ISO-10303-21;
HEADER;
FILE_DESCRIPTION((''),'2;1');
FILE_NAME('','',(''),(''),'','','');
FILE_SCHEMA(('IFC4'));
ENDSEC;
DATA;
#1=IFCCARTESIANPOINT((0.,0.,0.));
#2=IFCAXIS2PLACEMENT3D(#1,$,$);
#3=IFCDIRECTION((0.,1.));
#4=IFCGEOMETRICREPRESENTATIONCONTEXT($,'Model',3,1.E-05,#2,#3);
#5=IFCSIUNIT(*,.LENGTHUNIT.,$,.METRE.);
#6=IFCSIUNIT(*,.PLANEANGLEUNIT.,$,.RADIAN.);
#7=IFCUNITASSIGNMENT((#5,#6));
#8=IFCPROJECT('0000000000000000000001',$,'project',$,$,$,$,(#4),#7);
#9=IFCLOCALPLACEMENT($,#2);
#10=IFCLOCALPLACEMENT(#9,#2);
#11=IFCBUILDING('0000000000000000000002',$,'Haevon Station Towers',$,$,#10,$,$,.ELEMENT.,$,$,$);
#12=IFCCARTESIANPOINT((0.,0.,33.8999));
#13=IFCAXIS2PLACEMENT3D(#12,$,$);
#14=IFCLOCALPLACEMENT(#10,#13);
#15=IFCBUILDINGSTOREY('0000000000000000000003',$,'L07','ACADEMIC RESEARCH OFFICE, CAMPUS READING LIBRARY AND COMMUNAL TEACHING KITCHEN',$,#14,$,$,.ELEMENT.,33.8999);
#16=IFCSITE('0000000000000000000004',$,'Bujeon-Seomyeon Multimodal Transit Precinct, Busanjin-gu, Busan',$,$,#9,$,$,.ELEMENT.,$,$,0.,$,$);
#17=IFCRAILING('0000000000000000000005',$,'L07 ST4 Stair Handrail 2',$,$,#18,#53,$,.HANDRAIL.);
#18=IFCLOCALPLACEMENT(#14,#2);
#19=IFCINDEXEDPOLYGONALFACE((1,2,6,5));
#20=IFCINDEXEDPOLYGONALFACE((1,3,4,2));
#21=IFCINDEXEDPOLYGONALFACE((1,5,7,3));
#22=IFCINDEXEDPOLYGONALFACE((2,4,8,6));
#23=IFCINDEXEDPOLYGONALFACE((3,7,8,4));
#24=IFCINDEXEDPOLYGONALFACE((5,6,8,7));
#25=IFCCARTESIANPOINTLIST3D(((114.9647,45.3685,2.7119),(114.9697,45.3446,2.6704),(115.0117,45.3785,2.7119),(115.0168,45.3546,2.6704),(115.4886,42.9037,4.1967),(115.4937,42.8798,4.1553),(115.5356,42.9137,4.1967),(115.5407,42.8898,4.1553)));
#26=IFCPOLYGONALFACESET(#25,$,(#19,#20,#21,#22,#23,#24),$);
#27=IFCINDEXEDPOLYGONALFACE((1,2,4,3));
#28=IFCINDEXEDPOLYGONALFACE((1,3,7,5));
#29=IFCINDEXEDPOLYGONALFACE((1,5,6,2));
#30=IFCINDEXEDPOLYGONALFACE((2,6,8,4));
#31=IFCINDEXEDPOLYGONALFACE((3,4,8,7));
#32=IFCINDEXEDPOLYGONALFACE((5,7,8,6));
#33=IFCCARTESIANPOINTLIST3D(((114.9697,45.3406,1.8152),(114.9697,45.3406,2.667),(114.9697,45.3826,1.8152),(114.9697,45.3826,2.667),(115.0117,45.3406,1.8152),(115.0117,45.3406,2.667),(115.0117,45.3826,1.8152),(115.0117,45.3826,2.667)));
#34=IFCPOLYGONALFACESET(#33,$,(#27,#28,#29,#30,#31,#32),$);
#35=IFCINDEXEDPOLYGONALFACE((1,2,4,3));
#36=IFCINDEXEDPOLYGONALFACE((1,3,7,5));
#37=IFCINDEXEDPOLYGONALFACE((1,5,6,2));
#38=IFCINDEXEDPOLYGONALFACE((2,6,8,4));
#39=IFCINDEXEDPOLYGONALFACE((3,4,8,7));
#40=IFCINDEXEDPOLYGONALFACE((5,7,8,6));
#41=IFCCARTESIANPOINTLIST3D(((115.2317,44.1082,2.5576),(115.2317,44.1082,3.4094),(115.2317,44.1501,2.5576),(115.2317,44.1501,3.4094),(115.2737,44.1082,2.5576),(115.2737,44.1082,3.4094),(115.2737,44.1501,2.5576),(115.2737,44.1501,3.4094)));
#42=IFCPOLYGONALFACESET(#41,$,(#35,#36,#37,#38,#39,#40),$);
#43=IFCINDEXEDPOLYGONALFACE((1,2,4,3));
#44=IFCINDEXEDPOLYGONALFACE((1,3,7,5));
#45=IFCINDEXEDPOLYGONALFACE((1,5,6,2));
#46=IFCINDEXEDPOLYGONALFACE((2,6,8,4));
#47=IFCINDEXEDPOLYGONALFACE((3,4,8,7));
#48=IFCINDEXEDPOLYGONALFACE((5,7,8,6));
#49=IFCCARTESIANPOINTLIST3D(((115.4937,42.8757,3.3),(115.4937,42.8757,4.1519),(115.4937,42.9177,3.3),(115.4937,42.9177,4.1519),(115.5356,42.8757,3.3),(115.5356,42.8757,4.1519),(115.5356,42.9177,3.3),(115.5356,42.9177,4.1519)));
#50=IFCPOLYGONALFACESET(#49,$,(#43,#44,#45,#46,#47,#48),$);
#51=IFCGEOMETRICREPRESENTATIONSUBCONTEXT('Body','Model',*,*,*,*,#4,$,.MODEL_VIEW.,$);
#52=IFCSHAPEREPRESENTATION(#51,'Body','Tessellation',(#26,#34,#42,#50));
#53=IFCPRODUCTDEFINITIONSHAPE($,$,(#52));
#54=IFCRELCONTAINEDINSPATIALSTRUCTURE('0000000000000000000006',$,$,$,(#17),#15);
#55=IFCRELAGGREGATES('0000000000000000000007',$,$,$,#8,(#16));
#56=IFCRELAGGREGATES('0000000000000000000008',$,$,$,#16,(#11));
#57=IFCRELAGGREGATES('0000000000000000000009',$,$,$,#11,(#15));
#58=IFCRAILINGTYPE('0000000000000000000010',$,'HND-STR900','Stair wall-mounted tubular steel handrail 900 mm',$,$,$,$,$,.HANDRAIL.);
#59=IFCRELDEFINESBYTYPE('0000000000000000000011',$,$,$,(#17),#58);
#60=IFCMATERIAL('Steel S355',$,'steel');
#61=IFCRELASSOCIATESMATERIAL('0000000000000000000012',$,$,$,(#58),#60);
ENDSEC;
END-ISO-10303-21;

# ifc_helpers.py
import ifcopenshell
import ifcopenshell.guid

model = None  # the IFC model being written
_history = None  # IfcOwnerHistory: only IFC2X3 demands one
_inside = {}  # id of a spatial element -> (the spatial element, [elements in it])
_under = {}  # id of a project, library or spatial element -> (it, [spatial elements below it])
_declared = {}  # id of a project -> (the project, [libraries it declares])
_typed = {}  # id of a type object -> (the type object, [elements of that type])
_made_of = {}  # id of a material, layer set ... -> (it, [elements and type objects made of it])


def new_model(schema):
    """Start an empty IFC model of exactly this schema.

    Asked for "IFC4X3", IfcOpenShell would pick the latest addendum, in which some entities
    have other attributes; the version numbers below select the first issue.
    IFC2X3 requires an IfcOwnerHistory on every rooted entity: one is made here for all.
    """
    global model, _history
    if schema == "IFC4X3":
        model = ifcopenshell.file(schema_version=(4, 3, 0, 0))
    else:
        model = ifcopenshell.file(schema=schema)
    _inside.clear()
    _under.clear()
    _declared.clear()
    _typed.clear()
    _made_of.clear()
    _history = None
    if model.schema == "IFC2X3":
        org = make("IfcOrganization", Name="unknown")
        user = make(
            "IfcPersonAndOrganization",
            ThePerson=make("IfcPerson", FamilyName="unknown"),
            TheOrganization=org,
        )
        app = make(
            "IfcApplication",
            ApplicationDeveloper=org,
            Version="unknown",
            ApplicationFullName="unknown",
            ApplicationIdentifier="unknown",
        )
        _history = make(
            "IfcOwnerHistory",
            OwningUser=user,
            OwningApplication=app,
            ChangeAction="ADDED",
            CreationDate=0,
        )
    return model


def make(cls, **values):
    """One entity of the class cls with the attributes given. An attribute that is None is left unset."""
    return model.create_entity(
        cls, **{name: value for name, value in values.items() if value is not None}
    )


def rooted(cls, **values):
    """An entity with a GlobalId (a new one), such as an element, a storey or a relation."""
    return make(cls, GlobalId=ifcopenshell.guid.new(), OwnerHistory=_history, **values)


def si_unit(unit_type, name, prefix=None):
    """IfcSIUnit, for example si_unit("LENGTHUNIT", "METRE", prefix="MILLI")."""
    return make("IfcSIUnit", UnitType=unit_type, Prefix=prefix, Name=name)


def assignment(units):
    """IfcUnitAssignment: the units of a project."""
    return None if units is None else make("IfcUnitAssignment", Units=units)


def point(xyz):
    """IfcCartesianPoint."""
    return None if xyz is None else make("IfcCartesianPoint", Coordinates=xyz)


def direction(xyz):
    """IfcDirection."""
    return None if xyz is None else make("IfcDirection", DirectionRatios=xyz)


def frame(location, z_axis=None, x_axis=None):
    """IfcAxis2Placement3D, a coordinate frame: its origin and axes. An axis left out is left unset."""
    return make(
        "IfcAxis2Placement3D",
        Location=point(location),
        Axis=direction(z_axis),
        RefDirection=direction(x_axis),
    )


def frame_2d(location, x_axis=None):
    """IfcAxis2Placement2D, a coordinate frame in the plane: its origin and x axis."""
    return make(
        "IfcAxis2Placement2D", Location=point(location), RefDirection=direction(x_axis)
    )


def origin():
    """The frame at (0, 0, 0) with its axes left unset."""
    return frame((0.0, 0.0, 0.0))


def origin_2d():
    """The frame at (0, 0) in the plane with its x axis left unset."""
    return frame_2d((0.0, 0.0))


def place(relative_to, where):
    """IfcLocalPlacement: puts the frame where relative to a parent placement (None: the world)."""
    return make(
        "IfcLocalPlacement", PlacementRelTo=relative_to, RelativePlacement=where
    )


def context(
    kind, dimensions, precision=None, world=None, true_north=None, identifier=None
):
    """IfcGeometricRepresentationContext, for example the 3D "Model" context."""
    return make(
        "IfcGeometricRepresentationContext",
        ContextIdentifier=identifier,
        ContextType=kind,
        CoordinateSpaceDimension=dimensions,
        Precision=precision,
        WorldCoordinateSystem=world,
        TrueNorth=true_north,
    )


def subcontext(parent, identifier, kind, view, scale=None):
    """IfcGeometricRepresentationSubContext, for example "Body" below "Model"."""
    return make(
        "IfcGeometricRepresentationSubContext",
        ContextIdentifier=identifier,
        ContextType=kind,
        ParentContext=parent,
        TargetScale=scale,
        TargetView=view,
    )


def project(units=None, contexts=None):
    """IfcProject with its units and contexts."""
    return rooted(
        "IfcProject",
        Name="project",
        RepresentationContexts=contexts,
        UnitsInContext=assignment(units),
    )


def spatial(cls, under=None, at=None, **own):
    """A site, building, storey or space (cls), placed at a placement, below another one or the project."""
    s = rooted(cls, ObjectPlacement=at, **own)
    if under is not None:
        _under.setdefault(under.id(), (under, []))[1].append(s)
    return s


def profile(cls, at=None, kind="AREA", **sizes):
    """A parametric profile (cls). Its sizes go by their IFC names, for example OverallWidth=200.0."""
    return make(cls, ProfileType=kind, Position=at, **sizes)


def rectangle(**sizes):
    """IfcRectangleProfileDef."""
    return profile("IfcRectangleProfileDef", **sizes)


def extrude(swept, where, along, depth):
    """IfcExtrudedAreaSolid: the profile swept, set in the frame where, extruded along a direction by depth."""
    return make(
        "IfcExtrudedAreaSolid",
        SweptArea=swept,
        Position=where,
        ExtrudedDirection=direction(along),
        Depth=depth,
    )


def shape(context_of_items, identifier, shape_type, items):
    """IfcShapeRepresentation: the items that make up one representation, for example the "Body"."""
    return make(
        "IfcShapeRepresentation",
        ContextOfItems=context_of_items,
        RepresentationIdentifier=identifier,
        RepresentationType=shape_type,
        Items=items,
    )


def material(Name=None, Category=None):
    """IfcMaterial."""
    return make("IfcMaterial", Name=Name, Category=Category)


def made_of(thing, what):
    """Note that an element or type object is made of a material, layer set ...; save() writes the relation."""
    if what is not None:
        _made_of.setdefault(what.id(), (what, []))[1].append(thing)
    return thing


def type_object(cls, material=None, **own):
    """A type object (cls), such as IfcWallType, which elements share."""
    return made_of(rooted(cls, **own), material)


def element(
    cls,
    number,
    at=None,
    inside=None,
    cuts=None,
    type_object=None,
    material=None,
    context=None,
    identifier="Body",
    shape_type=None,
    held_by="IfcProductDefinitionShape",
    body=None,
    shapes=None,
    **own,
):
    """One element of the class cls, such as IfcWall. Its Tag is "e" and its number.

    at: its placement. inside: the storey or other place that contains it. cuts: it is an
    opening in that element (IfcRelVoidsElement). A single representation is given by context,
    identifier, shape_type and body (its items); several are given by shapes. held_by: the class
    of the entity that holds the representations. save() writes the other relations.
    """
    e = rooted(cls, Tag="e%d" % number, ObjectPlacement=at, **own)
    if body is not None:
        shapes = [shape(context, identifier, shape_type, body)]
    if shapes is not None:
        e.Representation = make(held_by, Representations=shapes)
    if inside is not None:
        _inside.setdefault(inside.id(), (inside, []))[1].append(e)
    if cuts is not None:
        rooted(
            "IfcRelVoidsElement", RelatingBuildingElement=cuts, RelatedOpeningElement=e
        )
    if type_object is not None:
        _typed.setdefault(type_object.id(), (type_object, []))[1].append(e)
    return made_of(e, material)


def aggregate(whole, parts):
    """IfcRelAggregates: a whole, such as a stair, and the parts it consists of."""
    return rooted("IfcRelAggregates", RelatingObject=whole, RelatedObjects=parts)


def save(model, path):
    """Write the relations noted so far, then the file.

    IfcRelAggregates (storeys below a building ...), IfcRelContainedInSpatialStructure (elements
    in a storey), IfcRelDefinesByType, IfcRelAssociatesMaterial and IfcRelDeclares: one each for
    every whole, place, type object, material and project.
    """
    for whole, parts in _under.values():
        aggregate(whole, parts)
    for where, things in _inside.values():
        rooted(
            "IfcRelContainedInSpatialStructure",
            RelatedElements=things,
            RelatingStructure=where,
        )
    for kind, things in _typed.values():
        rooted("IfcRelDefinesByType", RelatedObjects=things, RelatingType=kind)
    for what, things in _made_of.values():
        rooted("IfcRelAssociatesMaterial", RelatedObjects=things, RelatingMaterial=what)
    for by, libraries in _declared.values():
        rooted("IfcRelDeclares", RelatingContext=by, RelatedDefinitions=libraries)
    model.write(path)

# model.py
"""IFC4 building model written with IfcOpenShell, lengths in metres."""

from ifc_helpers import new_model, si_unit, direction, frame, origin, origin_2d, place, context, subcontext, project, spatial, rectangle, extrude, material, type_object, element, save


model = new_model("IFC4")

# Units and contexts
model_context = context("Model", 3, precision=1e-05, world=origin(), true_north=direction((0.0, 1.0)))
body_context = subcontext(model_context, "Body", "Model", "MODEL_VIEW")
ifc_project = project(units=[si_unit("LENGTHUNIT", "METRE"), si_unit("PLANEANGLEUNIT", "RADIAN")], contexts=[model_context])

# Site, building, storey
site_placement = place(None, origin())
site = spatial("IfcSite", under=ifc_project, at=site_placement, Name="Bujeon-Seomyeon Multimodal Transit Precinct, Busanjin-gu, Busan", CompositionType="ELEMENT", RefElevation=0.0)
building_placement = place(site_placement, origin())
building = spatial("IfcBuilding", under=site, at=building_placement, Name="Haevon Station Towers", CompositionType="ELEMENT")
storey_placement = place(building_placement, frame((0.0, 0.0, 33.8999)))
storey = spatial("IfcBuildingStorey", under=building, at=storey_placement, Name="L07", Description="ACADEMIC RESEARCH OFFICE, CAMPUS READING LIBRARY AND COMMUNAL TEACHING KITCHEN", CompositionType="ELEMENT", Elevation=33.8999)

# Shared definitions
ifc_material_1 = material(Name="Steel S355", Category="steel")

# Railing
railing_type_1 = type_object("IfcRailingType", Name="HND-STR900", Description="Stair wall-mounted tubular steel handrail 900 mm", PredefinedType="HANDRAIL", material=ifc_material_1)
railing_1_placement = place(storey_placement, frame((114.9907, 45.3616, 1.8152)))
element("IfcRailing", 1, at=railing_1_placement, inside=storey, type_object=railing_type_1, Name="L07 ST4 Stair Handrail 2", PredefinedType="HANDRAIL", context=body_context, shape_type="SweptSolid", body=[
    extrude(rectangle(XDim=0.0481, YDim=0.0481, at=origin_2d()), frame((0.0, 0.0, 0.876), z_axis=(0.179129, -0.842724, 0.507671), x_axis=(0.978147, 0.207914, 0.0)), (0.0, 0.0, 1.0), 2.9248),
    extrude(rectangle(XDim=0.042, YDim=0.042, at=origin_2d()), origin(), (0.0, 0.0, 1.0), 0.8518),
    extrude(rectangle(XDim=0.042, YDim=0.042, at=origin_2d()), frame((0.262, -1.2324, 0.7424)), (0.0, 0.0, 1.0), 0.8518),
    extrude(rectangle(XDim=0.042, YDim=0.042, at=origin_2d()), frame((0.5239, -2.4648, 1.4849)), (0.0, 0.0, 1.0), 0.8518),
])

save(model, "model.ifc")
